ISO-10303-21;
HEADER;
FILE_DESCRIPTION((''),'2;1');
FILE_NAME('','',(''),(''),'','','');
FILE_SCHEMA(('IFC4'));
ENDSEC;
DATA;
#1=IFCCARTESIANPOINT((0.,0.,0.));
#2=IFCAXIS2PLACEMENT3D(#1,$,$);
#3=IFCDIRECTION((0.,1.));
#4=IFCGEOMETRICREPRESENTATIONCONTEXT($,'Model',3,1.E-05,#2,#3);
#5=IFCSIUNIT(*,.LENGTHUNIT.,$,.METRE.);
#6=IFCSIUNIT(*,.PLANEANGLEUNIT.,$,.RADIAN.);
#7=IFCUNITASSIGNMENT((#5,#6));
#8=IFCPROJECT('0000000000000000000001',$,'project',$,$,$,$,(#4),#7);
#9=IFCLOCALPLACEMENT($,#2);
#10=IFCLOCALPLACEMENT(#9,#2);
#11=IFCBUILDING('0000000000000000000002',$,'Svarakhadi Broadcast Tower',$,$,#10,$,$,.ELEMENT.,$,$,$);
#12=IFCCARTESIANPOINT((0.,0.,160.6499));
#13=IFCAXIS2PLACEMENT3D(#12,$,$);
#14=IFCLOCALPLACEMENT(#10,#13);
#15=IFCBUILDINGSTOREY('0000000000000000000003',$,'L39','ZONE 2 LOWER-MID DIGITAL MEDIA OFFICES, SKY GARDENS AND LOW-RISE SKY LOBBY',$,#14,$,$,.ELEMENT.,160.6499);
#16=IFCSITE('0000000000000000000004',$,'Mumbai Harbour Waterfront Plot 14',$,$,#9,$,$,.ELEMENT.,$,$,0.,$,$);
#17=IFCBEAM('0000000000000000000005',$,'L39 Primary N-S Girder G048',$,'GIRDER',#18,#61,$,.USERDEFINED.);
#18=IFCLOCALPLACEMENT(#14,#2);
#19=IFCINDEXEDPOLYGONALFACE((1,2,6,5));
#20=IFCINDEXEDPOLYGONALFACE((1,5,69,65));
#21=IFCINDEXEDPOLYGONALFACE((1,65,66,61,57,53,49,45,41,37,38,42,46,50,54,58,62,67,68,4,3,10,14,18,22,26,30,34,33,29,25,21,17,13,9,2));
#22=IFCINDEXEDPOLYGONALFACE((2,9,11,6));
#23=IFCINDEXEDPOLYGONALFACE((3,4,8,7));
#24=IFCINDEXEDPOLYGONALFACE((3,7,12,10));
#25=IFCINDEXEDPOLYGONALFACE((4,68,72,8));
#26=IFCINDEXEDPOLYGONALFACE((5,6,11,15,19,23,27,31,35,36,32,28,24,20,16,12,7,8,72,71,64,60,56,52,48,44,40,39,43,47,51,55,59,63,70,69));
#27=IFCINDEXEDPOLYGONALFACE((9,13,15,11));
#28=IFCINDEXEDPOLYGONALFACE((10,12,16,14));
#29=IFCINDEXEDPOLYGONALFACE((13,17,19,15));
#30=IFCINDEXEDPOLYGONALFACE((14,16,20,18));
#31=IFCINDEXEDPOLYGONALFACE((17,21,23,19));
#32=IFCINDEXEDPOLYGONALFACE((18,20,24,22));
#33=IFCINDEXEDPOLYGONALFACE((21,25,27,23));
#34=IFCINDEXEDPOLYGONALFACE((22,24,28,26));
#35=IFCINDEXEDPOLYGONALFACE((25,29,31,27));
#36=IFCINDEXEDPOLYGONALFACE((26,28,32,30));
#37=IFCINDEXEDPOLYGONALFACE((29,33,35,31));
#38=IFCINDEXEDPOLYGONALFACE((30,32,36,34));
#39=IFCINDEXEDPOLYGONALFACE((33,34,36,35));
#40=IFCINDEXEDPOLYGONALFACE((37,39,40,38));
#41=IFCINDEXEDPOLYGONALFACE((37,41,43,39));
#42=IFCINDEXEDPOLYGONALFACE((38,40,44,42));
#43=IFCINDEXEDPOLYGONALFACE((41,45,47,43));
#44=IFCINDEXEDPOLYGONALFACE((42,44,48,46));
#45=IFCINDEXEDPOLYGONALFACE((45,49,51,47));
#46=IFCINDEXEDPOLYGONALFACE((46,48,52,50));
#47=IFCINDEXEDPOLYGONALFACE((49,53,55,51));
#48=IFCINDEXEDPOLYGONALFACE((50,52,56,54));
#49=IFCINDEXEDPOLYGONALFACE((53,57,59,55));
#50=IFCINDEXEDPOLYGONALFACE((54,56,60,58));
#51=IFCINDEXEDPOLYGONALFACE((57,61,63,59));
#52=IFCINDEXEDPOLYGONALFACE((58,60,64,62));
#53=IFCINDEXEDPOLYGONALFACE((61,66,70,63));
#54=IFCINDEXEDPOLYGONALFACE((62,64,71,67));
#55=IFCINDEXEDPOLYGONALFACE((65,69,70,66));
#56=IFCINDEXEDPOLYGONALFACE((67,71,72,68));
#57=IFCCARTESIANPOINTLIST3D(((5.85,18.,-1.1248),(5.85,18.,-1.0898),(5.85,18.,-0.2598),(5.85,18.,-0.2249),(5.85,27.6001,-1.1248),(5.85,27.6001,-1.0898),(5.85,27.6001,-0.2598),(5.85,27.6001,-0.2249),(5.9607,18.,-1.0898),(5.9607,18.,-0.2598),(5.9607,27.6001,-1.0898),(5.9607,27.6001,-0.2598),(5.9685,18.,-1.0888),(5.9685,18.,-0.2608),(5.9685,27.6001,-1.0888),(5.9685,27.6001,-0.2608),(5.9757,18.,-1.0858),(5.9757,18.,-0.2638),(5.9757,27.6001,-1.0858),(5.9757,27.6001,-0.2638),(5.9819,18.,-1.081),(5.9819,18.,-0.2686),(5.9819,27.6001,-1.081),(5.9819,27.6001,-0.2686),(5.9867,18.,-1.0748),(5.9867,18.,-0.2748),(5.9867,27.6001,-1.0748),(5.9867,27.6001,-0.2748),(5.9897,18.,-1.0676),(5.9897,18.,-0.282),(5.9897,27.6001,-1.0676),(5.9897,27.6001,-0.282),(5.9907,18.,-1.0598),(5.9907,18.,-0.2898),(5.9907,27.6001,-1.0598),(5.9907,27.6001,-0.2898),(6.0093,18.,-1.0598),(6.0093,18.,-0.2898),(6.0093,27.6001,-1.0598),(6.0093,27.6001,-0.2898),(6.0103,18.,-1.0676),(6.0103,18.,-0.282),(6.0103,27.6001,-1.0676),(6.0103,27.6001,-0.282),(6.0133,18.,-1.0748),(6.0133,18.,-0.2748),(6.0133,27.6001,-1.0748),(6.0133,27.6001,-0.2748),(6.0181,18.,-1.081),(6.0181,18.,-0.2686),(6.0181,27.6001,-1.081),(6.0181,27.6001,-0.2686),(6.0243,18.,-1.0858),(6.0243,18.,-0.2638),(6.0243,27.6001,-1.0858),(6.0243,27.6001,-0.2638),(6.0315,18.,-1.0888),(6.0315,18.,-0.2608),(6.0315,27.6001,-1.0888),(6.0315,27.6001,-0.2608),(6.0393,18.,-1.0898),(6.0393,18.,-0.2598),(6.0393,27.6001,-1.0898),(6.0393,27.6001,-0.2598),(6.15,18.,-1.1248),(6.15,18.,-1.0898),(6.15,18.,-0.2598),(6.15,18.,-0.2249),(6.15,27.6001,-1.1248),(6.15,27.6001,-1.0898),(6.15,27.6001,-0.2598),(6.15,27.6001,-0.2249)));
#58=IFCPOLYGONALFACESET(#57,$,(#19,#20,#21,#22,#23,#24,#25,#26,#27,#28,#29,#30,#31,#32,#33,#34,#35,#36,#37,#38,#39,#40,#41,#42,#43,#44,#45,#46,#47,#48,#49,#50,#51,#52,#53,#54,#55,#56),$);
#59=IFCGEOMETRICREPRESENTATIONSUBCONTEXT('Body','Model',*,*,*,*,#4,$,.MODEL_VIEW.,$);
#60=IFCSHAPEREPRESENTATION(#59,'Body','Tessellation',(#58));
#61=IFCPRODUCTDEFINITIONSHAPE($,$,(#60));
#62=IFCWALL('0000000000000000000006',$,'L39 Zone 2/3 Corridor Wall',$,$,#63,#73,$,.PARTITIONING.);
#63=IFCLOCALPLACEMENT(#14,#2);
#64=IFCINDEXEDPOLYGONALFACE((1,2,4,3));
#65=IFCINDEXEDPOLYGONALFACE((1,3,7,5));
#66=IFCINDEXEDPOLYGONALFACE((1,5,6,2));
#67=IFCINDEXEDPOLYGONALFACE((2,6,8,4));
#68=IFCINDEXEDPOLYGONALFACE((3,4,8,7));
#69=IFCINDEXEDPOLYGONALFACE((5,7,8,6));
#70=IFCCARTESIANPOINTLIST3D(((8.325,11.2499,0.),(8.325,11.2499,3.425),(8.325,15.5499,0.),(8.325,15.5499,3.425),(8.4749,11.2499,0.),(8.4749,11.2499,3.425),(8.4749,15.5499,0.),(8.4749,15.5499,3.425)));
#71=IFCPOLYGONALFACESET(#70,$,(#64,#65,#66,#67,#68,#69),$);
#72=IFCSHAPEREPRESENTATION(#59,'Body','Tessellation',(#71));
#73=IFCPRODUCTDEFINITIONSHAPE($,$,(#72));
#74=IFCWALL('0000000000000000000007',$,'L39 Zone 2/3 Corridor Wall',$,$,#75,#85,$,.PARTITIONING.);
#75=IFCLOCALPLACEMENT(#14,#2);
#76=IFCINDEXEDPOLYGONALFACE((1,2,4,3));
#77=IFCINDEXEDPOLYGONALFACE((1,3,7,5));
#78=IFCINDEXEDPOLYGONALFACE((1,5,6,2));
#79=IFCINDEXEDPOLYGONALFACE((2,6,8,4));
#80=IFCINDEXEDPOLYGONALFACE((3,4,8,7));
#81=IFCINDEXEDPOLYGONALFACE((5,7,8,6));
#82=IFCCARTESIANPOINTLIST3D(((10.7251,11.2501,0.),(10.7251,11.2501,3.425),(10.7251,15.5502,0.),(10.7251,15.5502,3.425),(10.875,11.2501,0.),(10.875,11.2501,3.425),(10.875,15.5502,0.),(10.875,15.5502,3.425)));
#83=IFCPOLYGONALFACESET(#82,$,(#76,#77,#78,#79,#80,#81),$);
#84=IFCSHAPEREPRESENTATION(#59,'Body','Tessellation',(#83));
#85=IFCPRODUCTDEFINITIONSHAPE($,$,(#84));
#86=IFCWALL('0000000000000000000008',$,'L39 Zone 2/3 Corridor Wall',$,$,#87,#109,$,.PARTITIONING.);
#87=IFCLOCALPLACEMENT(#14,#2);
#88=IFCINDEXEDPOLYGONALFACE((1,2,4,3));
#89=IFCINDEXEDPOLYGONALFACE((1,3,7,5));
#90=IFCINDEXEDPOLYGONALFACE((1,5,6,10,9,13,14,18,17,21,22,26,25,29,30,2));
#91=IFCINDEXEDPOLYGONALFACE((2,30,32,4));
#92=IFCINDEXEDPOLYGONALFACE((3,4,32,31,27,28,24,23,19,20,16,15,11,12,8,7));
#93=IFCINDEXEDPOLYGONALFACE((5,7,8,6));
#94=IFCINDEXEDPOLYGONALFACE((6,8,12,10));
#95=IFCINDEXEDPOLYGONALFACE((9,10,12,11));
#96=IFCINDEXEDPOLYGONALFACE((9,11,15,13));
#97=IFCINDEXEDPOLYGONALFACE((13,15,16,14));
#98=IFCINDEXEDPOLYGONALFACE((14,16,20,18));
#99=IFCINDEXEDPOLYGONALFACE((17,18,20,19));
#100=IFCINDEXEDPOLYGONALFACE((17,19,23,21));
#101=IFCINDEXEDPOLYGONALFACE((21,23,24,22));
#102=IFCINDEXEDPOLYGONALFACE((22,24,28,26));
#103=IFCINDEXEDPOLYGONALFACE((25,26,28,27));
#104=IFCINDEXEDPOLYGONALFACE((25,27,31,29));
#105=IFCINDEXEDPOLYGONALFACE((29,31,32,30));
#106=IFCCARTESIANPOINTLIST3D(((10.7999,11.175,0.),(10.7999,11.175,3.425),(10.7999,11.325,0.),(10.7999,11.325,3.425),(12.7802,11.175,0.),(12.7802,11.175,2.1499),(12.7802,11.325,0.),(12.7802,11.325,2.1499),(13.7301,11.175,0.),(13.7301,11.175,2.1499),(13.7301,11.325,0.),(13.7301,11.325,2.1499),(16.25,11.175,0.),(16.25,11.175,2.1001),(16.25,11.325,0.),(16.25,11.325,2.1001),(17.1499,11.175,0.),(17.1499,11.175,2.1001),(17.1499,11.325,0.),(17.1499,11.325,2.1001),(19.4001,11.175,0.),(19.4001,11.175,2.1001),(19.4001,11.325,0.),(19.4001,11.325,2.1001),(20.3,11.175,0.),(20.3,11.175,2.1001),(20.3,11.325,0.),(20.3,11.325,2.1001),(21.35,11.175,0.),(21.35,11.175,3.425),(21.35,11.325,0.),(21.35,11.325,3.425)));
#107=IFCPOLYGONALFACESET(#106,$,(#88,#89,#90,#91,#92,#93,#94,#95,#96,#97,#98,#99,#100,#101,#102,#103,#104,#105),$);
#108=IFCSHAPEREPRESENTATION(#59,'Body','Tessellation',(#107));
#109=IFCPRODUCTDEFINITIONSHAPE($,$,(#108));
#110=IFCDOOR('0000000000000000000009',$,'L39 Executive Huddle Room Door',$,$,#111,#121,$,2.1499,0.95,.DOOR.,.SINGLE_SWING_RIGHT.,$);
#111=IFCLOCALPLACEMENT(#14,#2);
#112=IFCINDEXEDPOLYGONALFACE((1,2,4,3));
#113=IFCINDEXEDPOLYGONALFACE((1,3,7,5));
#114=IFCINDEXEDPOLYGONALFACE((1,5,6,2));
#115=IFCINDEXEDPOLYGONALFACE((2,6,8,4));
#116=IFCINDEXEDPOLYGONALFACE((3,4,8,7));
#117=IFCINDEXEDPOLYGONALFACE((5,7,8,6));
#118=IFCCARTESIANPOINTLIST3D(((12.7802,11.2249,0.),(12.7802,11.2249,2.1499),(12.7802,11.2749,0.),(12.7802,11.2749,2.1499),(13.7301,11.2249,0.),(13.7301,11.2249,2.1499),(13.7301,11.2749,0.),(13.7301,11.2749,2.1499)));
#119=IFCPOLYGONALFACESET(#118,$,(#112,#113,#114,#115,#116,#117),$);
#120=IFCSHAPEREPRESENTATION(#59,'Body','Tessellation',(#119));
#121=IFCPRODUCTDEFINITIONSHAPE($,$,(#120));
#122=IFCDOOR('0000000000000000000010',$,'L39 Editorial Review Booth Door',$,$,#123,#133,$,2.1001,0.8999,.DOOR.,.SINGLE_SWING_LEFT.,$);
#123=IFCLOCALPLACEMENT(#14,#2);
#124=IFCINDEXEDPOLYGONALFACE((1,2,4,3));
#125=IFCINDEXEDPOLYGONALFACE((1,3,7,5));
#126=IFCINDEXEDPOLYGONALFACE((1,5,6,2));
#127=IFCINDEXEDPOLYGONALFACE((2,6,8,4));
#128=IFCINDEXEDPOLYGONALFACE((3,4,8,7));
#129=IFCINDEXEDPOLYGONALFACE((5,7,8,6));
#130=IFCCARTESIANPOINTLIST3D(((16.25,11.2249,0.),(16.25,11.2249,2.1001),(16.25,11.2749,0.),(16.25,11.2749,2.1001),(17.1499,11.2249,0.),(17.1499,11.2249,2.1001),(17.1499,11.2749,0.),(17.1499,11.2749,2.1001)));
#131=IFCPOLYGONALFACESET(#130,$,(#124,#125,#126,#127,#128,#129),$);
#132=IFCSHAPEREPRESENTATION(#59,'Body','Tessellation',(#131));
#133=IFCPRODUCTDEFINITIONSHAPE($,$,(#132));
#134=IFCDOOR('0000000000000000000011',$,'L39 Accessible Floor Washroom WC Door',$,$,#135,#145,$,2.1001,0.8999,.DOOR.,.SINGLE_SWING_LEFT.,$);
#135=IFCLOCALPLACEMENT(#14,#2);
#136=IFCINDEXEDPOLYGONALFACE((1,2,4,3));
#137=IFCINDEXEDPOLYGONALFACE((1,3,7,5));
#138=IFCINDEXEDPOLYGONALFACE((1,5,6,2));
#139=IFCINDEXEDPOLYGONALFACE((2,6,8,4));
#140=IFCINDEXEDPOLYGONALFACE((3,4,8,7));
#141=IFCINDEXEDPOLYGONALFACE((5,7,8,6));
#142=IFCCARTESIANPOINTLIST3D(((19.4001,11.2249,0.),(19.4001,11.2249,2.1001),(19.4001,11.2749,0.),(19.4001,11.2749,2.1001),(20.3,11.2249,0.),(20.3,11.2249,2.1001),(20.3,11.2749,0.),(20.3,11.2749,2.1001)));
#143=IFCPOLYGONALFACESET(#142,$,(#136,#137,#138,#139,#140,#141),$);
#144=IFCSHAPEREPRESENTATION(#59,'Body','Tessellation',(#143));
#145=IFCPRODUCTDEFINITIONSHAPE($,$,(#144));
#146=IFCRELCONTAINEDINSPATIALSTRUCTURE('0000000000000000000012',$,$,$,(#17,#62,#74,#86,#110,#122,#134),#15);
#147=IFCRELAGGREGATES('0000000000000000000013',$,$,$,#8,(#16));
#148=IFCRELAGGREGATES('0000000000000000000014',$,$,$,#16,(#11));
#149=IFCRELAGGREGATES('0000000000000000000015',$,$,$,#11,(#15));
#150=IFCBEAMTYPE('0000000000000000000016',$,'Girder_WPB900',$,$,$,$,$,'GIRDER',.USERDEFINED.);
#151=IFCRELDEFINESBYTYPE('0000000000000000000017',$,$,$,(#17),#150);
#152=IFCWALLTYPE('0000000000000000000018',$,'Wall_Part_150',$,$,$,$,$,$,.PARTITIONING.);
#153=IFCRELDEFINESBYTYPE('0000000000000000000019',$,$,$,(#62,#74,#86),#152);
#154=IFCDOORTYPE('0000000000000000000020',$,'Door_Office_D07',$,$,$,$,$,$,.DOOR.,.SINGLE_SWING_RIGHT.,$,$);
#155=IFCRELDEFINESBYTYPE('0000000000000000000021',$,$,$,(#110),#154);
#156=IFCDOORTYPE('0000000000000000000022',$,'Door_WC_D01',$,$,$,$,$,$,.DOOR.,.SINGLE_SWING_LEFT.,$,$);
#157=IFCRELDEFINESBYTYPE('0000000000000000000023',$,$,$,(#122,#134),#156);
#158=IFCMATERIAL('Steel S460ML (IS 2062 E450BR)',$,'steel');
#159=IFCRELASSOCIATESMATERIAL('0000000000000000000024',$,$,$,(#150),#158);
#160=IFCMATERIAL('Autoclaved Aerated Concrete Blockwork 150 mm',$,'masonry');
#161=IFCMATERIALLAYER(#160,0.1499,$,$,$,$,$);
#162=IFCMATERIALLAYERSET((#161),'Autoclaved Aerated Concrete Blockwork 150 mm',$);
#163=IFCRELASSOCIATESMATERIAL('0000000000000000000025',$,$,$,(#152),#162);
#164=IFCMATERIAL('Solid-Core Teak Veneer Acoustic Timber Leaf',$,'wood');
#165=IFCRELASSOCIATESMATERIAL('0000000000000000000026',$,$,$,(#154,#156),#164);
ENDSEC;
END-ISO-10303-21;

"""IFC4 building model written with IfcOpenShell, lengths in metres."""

from ifc_helpers import new_model, si_unit, direction, frame, frame_2d, origin, origin_2d, place, context, subcontext, project, spatial, rectangle, i_section, extrude, material, layer, layer_set, material_profile, profile_set, type_object, element, fill, save


model = new_model("IFC4")

# Units and contexts
model_context = context("Model", 3, precision=1e-05, world=origin(), true_north=direction((0.0, 1.0)))
body_context = subcontext(model_context, "Body", "Model", "MODEL_VIEW")
ifc_project = project(units=[si_unit("LENGTHUNIT", "METRE"), si_unit("PLANEANGLEUNIT", "RADIAN")], contexts=[model_context])

# Site, building, storey
site_placement = place(None, origin())
site = spatial("IfcSite", under=ifc_project, at=site_placement, Name="Mumbai Harbour Waterfront Plot 14", CompositionType="ELEMENT", RefElevation=0.0)
building_placement = place(site_placement, origin())
building = spatial("IfcBuilding", under=site, at=building_placement, Name="Svarakhadi Broadcast Tower", CompositionType="ELEMENT")
storey_placement = place(building_placement, frame((0.0, 0.0, 160.6499)))
storey = spatial("IfcBuildingStorey", under=building, at=storey_placement, Name="L39", Description="ZONE 2 LOWER-MID DIGITAL MEDIA OFFICES, SKY GARDENS AND LOW-RISE SKY LOBBY", CompositionType="ELEMENT", Elevation=160.6499)

# Beam
ifc_material_1 = material(Name="Steel S460ML (IS 2062 E450BR)", Category="steel")
ifc_material_profile_1 = material_profile(ifc_material_1, i_section(OverallWidth=0.3, OverallDepth=0.8999, WebThickness=0.0186, FlangeThickness=0.0349, FilletRadius=0.03, at=origin_2d()), Name="WPB 900x300x291")
ifc_profile_set_1 = profile_set([ifc_material_profile_1], Name="Steel S460ML (IS 2062 E450BR)")
beam_type_1 = type_object("IfcBeamType", Name="Girder_WPB900", ElementType="GIRDER", PredefinedType="USERDEFINED", material=ifc_profile_set_1)
beam_1_placement = place(storey_placement, frame((6.0, 18.0, -0.6748), z_axis=(0.0, 1.0, 0.0), x_axis=(-1.0, 0.0, 0.0)))
element("IfcBeam", 1, at=beam_1_placement, inside=storey, type_object=beam_type_1, Name="L39 Primary N-S Girder G048", ObjectType="GIRDER", PredefinedType="USERDEFINED", context=body_context, shape_type="SweptSolid", body=[
    extrude(i_section(OverallWidth=0.3, OverallDepth=0.8999, WebThickness=0.0186, FlangeThickness=0.0349, FilletRadius=0.03, at=origin_2d()), origin(), (0.0, 0.0, 1.0), 9.6001),
])

# Wall
ifc_material_2 = material(Name="Autoclaved Aerated Concrete Blockwork 150 mm", Category="masonry")
ifc_layer_1 = layer(ifc_material_2, 0.1499)
ifc_layer_set_1 = layer_set([ifc_layer_1], Name="Autoclaved Aerated Concrete Blockwork 150 mm")
wall_type_1 = type_object("IfcWallType", Name="Wall_Part_150", PredefinedType="PARTITIONING", material=ifc_layer_set_1)
wall_1_placement = place(storey_placement, frame((8.3999, 11.25, 0.0), z_axis=(0.0, 0.0, 1.0), x_axis=(0.0, 1.0, 0.0)))
element("IfcWall", 2, at=wall_1_placement, inside=storey, type_object=wall_type_1, Name="L39 Zone 2/3 Corridor Wall", PredefinedType="PARTITIONING", context=body_context, shape_type="SweptSolid", body=[
    extrude(rectangle(XDim=4.3, YDim=0.1499, at=frame_2d((2.1499, 0.0))), origin(), (0.0, 0.0, 1.0), 3.425),
])

# Shared definitions
ifc_material_3 = material(Name="Solid-Core Teak Veneer Acoustic Timber Leaf", Category="wood")
door_type_1 = type_object("IfcDoorType", Name="Door_Office_D07", OperationType="SINGLE_SWING_RIGHT", PredefinedType="DOOR", material=ifc_material_3)

# Wall
wall_2_placement = place(storey_placement, frame((10.8, 15.55, 0.0), z_axis=(0.0, 0.0, 1.0), x_axis=(0.0, -1.0, 0.0)))
element("IfcWall", 3, at=wall_2_placement, inside=storey, type_object=wall_type_1, Name="L39 Zone 2/3 Corridor Wall", PredefinedType="PARTITIONING", context=body_context, shape_type="SweptSolid", body=[
    extrude(rectangle(XDim=4.3, YDim=0.1499, at=frame_2d((2.1499, 0.0))), origin(), (0.0, 0.0, 1.0), 3.425),
])

# Wall, openings, doors
wall_3_placement = place(storey_placement, frame((10.8, 11.25, 0.0), z_axis=(0.0, 0.0, 1.0), x_axis=(1.0, 0.0, 0.0)))
wall_3 = element("IfcWall", 4, at=wall_3_placement, inside=storey, type_object=wall_type_1, Name="L39 Zone 2/3 Corridor Wall", PredefinedType="PARTITIONING", context=body_context, shape_type="SweptSolid", body=[
    extrude(rectangle(XDim=10.55, YDim=0.1499, at=frame_2d((5.2749, 0.0))), origin(), (0.0, 0.0, 1.0), 3.425),
])
opening_1_placement = place(wall_3_placement, frame((1.98, 0.0, 0.0)))
opening_1 = element("IfcOpeningElement", 5, at=opening_1_placement, cuts=wall_3, PredefinedType="OPENING", context=body_context, shape_type="SweptSolid", body=[
    extrude(rectangle(XDim=0.95, YDim=2.1499, at=frame_2d((0.4751, 1.075))), frame((0.0, 0.085, 0.0), z_axis=(0.0, -1.0, 0.0), x_axis=(1.0, 0.0, 0.0)), (0.0, 0.0, 1.0), 0.1699),
])
opening_2_placement = place(wall_3_placement, frame((5.45, 0.0, 0.0)))
opening_2 = element("IfcOpeningElement", 6, at=opening_2_placement, cuts=wall_3, PredefinedType="OPENING", context=body_context, shape_type="SweptSolid", body=[
    extrude(rectangle(XDim=0.8999, YDim=2.1001, at=frame_2d((0.45, 1.05))), frame((0.0, 0.085, 0.0), z_axis=(0.0, -1.0, 0.0), x_axis=(1.0, 0.0, 0.0)), (0.0, 0.0, 1.0), 0.1699),
])
opening_3_placement = place(wall_3_placement, frame((8.6001, 0.0, 0.0)))
opening_3 = element("IfcOpeningElement", 7, at=opening_3_placement, cuts=wall_3, PredefinedType="OPENING", context=body_context, shape_type="SweptSolid", body=[
    extrude(rectangle(XDim=0.8999, YDim=2.1001, at=frame_2d((0.45, 1.05))), frame((0.0, 0.085, 0.0), z_axis=(0.0, -1.0, 0.0), x_axis=(1.0, 0.0, 0.0)), (0.0, 0.0, 1.0), 0.1699),
])
door_1_placement = place(opening_1_placement, origin())
door_1 = element("IfcDoor", 8, at=door_1_placement, inside=storey, type_object=door_type_1, Name="L39 Executive Huddle Room Door", OperationType="SINGLE_SWING_RIGHT", OverallHeight=2.1499, OverallWidth=0.95, PredefinedType="DOOR", context=body_context, shape_type="SweptSolid", body=[
    extrude(rectangle(XDim=0.95, YDim=2.1499, at=frame_2d((0.4751, 1.075))), frame((0.0, 0.0249, 0.0), z_axis=(0.0, -1.0, 0.0), x_axis=(1.0, 0.0, 0.0)), (0.0, 0.0, 1.0), 0.05),
])
fill(opening_1, door_1)
door_type_2 = type_object("IfcDoorType", Name="Door_WC_D01", OperationType="SINGLE_SWING_LEFT", PredefinedType="DOOR", material=ifc_material_3)
door_2_placement = place(opening_2_placement, origin())
door_2 = element("IfcDoor", 9, at=door_2_placement, inside=storey, type_object=door_type_2, Name="L39 Editorial Review Booth Door", OperationType="SINGLE_SWING_LEFT", OverallHeight=2.1001, OverallWidth=0.8999, PredefinedType="DOOR", context=body_context, shape_type="SweptSolid", body=[
    extrude(rectangle(XDim=0.8999, YDim=2.1001, at=frame_2d((0.45, 1.05))), frame((0.0, 0.0249, 0.0), z_axis=(0.0, -1.0, 0.0), x_axis=(1.0, 0.0, 0.0)), (0.0, 0.0, 1.0), 0.05),
])
fill(opening_2, door_2)
door_3_placement = place(opening_3_placement, origin())
door_3 = element("IfcDoor", 10, at=door_3_placement, inside=storey, type_object=door_type_2, Name="L39 Accessible Floor Washroom WC Door", OperationType="SINGLE_SWING_LEFT", OverallHeight=2.1001, OverallWidth=0.8999, PredefinedType="DOOR", context=body_context, shape_type="SweptSolid", body=[
    extrude(rectangle(XDim=0.8999, YDim=2.1001, at=frame_2d((0.45, 1.05))), frame((0.0, 0.0249, 0.0), z_axis=(0.0, -1.0, 0.0), x_axis=(1.0, 0.0, 0.0)), (0.0, 0.0, 1.0), 0.05),
])
fill(opening_3, door_3)

save(model, "model.ifc")
